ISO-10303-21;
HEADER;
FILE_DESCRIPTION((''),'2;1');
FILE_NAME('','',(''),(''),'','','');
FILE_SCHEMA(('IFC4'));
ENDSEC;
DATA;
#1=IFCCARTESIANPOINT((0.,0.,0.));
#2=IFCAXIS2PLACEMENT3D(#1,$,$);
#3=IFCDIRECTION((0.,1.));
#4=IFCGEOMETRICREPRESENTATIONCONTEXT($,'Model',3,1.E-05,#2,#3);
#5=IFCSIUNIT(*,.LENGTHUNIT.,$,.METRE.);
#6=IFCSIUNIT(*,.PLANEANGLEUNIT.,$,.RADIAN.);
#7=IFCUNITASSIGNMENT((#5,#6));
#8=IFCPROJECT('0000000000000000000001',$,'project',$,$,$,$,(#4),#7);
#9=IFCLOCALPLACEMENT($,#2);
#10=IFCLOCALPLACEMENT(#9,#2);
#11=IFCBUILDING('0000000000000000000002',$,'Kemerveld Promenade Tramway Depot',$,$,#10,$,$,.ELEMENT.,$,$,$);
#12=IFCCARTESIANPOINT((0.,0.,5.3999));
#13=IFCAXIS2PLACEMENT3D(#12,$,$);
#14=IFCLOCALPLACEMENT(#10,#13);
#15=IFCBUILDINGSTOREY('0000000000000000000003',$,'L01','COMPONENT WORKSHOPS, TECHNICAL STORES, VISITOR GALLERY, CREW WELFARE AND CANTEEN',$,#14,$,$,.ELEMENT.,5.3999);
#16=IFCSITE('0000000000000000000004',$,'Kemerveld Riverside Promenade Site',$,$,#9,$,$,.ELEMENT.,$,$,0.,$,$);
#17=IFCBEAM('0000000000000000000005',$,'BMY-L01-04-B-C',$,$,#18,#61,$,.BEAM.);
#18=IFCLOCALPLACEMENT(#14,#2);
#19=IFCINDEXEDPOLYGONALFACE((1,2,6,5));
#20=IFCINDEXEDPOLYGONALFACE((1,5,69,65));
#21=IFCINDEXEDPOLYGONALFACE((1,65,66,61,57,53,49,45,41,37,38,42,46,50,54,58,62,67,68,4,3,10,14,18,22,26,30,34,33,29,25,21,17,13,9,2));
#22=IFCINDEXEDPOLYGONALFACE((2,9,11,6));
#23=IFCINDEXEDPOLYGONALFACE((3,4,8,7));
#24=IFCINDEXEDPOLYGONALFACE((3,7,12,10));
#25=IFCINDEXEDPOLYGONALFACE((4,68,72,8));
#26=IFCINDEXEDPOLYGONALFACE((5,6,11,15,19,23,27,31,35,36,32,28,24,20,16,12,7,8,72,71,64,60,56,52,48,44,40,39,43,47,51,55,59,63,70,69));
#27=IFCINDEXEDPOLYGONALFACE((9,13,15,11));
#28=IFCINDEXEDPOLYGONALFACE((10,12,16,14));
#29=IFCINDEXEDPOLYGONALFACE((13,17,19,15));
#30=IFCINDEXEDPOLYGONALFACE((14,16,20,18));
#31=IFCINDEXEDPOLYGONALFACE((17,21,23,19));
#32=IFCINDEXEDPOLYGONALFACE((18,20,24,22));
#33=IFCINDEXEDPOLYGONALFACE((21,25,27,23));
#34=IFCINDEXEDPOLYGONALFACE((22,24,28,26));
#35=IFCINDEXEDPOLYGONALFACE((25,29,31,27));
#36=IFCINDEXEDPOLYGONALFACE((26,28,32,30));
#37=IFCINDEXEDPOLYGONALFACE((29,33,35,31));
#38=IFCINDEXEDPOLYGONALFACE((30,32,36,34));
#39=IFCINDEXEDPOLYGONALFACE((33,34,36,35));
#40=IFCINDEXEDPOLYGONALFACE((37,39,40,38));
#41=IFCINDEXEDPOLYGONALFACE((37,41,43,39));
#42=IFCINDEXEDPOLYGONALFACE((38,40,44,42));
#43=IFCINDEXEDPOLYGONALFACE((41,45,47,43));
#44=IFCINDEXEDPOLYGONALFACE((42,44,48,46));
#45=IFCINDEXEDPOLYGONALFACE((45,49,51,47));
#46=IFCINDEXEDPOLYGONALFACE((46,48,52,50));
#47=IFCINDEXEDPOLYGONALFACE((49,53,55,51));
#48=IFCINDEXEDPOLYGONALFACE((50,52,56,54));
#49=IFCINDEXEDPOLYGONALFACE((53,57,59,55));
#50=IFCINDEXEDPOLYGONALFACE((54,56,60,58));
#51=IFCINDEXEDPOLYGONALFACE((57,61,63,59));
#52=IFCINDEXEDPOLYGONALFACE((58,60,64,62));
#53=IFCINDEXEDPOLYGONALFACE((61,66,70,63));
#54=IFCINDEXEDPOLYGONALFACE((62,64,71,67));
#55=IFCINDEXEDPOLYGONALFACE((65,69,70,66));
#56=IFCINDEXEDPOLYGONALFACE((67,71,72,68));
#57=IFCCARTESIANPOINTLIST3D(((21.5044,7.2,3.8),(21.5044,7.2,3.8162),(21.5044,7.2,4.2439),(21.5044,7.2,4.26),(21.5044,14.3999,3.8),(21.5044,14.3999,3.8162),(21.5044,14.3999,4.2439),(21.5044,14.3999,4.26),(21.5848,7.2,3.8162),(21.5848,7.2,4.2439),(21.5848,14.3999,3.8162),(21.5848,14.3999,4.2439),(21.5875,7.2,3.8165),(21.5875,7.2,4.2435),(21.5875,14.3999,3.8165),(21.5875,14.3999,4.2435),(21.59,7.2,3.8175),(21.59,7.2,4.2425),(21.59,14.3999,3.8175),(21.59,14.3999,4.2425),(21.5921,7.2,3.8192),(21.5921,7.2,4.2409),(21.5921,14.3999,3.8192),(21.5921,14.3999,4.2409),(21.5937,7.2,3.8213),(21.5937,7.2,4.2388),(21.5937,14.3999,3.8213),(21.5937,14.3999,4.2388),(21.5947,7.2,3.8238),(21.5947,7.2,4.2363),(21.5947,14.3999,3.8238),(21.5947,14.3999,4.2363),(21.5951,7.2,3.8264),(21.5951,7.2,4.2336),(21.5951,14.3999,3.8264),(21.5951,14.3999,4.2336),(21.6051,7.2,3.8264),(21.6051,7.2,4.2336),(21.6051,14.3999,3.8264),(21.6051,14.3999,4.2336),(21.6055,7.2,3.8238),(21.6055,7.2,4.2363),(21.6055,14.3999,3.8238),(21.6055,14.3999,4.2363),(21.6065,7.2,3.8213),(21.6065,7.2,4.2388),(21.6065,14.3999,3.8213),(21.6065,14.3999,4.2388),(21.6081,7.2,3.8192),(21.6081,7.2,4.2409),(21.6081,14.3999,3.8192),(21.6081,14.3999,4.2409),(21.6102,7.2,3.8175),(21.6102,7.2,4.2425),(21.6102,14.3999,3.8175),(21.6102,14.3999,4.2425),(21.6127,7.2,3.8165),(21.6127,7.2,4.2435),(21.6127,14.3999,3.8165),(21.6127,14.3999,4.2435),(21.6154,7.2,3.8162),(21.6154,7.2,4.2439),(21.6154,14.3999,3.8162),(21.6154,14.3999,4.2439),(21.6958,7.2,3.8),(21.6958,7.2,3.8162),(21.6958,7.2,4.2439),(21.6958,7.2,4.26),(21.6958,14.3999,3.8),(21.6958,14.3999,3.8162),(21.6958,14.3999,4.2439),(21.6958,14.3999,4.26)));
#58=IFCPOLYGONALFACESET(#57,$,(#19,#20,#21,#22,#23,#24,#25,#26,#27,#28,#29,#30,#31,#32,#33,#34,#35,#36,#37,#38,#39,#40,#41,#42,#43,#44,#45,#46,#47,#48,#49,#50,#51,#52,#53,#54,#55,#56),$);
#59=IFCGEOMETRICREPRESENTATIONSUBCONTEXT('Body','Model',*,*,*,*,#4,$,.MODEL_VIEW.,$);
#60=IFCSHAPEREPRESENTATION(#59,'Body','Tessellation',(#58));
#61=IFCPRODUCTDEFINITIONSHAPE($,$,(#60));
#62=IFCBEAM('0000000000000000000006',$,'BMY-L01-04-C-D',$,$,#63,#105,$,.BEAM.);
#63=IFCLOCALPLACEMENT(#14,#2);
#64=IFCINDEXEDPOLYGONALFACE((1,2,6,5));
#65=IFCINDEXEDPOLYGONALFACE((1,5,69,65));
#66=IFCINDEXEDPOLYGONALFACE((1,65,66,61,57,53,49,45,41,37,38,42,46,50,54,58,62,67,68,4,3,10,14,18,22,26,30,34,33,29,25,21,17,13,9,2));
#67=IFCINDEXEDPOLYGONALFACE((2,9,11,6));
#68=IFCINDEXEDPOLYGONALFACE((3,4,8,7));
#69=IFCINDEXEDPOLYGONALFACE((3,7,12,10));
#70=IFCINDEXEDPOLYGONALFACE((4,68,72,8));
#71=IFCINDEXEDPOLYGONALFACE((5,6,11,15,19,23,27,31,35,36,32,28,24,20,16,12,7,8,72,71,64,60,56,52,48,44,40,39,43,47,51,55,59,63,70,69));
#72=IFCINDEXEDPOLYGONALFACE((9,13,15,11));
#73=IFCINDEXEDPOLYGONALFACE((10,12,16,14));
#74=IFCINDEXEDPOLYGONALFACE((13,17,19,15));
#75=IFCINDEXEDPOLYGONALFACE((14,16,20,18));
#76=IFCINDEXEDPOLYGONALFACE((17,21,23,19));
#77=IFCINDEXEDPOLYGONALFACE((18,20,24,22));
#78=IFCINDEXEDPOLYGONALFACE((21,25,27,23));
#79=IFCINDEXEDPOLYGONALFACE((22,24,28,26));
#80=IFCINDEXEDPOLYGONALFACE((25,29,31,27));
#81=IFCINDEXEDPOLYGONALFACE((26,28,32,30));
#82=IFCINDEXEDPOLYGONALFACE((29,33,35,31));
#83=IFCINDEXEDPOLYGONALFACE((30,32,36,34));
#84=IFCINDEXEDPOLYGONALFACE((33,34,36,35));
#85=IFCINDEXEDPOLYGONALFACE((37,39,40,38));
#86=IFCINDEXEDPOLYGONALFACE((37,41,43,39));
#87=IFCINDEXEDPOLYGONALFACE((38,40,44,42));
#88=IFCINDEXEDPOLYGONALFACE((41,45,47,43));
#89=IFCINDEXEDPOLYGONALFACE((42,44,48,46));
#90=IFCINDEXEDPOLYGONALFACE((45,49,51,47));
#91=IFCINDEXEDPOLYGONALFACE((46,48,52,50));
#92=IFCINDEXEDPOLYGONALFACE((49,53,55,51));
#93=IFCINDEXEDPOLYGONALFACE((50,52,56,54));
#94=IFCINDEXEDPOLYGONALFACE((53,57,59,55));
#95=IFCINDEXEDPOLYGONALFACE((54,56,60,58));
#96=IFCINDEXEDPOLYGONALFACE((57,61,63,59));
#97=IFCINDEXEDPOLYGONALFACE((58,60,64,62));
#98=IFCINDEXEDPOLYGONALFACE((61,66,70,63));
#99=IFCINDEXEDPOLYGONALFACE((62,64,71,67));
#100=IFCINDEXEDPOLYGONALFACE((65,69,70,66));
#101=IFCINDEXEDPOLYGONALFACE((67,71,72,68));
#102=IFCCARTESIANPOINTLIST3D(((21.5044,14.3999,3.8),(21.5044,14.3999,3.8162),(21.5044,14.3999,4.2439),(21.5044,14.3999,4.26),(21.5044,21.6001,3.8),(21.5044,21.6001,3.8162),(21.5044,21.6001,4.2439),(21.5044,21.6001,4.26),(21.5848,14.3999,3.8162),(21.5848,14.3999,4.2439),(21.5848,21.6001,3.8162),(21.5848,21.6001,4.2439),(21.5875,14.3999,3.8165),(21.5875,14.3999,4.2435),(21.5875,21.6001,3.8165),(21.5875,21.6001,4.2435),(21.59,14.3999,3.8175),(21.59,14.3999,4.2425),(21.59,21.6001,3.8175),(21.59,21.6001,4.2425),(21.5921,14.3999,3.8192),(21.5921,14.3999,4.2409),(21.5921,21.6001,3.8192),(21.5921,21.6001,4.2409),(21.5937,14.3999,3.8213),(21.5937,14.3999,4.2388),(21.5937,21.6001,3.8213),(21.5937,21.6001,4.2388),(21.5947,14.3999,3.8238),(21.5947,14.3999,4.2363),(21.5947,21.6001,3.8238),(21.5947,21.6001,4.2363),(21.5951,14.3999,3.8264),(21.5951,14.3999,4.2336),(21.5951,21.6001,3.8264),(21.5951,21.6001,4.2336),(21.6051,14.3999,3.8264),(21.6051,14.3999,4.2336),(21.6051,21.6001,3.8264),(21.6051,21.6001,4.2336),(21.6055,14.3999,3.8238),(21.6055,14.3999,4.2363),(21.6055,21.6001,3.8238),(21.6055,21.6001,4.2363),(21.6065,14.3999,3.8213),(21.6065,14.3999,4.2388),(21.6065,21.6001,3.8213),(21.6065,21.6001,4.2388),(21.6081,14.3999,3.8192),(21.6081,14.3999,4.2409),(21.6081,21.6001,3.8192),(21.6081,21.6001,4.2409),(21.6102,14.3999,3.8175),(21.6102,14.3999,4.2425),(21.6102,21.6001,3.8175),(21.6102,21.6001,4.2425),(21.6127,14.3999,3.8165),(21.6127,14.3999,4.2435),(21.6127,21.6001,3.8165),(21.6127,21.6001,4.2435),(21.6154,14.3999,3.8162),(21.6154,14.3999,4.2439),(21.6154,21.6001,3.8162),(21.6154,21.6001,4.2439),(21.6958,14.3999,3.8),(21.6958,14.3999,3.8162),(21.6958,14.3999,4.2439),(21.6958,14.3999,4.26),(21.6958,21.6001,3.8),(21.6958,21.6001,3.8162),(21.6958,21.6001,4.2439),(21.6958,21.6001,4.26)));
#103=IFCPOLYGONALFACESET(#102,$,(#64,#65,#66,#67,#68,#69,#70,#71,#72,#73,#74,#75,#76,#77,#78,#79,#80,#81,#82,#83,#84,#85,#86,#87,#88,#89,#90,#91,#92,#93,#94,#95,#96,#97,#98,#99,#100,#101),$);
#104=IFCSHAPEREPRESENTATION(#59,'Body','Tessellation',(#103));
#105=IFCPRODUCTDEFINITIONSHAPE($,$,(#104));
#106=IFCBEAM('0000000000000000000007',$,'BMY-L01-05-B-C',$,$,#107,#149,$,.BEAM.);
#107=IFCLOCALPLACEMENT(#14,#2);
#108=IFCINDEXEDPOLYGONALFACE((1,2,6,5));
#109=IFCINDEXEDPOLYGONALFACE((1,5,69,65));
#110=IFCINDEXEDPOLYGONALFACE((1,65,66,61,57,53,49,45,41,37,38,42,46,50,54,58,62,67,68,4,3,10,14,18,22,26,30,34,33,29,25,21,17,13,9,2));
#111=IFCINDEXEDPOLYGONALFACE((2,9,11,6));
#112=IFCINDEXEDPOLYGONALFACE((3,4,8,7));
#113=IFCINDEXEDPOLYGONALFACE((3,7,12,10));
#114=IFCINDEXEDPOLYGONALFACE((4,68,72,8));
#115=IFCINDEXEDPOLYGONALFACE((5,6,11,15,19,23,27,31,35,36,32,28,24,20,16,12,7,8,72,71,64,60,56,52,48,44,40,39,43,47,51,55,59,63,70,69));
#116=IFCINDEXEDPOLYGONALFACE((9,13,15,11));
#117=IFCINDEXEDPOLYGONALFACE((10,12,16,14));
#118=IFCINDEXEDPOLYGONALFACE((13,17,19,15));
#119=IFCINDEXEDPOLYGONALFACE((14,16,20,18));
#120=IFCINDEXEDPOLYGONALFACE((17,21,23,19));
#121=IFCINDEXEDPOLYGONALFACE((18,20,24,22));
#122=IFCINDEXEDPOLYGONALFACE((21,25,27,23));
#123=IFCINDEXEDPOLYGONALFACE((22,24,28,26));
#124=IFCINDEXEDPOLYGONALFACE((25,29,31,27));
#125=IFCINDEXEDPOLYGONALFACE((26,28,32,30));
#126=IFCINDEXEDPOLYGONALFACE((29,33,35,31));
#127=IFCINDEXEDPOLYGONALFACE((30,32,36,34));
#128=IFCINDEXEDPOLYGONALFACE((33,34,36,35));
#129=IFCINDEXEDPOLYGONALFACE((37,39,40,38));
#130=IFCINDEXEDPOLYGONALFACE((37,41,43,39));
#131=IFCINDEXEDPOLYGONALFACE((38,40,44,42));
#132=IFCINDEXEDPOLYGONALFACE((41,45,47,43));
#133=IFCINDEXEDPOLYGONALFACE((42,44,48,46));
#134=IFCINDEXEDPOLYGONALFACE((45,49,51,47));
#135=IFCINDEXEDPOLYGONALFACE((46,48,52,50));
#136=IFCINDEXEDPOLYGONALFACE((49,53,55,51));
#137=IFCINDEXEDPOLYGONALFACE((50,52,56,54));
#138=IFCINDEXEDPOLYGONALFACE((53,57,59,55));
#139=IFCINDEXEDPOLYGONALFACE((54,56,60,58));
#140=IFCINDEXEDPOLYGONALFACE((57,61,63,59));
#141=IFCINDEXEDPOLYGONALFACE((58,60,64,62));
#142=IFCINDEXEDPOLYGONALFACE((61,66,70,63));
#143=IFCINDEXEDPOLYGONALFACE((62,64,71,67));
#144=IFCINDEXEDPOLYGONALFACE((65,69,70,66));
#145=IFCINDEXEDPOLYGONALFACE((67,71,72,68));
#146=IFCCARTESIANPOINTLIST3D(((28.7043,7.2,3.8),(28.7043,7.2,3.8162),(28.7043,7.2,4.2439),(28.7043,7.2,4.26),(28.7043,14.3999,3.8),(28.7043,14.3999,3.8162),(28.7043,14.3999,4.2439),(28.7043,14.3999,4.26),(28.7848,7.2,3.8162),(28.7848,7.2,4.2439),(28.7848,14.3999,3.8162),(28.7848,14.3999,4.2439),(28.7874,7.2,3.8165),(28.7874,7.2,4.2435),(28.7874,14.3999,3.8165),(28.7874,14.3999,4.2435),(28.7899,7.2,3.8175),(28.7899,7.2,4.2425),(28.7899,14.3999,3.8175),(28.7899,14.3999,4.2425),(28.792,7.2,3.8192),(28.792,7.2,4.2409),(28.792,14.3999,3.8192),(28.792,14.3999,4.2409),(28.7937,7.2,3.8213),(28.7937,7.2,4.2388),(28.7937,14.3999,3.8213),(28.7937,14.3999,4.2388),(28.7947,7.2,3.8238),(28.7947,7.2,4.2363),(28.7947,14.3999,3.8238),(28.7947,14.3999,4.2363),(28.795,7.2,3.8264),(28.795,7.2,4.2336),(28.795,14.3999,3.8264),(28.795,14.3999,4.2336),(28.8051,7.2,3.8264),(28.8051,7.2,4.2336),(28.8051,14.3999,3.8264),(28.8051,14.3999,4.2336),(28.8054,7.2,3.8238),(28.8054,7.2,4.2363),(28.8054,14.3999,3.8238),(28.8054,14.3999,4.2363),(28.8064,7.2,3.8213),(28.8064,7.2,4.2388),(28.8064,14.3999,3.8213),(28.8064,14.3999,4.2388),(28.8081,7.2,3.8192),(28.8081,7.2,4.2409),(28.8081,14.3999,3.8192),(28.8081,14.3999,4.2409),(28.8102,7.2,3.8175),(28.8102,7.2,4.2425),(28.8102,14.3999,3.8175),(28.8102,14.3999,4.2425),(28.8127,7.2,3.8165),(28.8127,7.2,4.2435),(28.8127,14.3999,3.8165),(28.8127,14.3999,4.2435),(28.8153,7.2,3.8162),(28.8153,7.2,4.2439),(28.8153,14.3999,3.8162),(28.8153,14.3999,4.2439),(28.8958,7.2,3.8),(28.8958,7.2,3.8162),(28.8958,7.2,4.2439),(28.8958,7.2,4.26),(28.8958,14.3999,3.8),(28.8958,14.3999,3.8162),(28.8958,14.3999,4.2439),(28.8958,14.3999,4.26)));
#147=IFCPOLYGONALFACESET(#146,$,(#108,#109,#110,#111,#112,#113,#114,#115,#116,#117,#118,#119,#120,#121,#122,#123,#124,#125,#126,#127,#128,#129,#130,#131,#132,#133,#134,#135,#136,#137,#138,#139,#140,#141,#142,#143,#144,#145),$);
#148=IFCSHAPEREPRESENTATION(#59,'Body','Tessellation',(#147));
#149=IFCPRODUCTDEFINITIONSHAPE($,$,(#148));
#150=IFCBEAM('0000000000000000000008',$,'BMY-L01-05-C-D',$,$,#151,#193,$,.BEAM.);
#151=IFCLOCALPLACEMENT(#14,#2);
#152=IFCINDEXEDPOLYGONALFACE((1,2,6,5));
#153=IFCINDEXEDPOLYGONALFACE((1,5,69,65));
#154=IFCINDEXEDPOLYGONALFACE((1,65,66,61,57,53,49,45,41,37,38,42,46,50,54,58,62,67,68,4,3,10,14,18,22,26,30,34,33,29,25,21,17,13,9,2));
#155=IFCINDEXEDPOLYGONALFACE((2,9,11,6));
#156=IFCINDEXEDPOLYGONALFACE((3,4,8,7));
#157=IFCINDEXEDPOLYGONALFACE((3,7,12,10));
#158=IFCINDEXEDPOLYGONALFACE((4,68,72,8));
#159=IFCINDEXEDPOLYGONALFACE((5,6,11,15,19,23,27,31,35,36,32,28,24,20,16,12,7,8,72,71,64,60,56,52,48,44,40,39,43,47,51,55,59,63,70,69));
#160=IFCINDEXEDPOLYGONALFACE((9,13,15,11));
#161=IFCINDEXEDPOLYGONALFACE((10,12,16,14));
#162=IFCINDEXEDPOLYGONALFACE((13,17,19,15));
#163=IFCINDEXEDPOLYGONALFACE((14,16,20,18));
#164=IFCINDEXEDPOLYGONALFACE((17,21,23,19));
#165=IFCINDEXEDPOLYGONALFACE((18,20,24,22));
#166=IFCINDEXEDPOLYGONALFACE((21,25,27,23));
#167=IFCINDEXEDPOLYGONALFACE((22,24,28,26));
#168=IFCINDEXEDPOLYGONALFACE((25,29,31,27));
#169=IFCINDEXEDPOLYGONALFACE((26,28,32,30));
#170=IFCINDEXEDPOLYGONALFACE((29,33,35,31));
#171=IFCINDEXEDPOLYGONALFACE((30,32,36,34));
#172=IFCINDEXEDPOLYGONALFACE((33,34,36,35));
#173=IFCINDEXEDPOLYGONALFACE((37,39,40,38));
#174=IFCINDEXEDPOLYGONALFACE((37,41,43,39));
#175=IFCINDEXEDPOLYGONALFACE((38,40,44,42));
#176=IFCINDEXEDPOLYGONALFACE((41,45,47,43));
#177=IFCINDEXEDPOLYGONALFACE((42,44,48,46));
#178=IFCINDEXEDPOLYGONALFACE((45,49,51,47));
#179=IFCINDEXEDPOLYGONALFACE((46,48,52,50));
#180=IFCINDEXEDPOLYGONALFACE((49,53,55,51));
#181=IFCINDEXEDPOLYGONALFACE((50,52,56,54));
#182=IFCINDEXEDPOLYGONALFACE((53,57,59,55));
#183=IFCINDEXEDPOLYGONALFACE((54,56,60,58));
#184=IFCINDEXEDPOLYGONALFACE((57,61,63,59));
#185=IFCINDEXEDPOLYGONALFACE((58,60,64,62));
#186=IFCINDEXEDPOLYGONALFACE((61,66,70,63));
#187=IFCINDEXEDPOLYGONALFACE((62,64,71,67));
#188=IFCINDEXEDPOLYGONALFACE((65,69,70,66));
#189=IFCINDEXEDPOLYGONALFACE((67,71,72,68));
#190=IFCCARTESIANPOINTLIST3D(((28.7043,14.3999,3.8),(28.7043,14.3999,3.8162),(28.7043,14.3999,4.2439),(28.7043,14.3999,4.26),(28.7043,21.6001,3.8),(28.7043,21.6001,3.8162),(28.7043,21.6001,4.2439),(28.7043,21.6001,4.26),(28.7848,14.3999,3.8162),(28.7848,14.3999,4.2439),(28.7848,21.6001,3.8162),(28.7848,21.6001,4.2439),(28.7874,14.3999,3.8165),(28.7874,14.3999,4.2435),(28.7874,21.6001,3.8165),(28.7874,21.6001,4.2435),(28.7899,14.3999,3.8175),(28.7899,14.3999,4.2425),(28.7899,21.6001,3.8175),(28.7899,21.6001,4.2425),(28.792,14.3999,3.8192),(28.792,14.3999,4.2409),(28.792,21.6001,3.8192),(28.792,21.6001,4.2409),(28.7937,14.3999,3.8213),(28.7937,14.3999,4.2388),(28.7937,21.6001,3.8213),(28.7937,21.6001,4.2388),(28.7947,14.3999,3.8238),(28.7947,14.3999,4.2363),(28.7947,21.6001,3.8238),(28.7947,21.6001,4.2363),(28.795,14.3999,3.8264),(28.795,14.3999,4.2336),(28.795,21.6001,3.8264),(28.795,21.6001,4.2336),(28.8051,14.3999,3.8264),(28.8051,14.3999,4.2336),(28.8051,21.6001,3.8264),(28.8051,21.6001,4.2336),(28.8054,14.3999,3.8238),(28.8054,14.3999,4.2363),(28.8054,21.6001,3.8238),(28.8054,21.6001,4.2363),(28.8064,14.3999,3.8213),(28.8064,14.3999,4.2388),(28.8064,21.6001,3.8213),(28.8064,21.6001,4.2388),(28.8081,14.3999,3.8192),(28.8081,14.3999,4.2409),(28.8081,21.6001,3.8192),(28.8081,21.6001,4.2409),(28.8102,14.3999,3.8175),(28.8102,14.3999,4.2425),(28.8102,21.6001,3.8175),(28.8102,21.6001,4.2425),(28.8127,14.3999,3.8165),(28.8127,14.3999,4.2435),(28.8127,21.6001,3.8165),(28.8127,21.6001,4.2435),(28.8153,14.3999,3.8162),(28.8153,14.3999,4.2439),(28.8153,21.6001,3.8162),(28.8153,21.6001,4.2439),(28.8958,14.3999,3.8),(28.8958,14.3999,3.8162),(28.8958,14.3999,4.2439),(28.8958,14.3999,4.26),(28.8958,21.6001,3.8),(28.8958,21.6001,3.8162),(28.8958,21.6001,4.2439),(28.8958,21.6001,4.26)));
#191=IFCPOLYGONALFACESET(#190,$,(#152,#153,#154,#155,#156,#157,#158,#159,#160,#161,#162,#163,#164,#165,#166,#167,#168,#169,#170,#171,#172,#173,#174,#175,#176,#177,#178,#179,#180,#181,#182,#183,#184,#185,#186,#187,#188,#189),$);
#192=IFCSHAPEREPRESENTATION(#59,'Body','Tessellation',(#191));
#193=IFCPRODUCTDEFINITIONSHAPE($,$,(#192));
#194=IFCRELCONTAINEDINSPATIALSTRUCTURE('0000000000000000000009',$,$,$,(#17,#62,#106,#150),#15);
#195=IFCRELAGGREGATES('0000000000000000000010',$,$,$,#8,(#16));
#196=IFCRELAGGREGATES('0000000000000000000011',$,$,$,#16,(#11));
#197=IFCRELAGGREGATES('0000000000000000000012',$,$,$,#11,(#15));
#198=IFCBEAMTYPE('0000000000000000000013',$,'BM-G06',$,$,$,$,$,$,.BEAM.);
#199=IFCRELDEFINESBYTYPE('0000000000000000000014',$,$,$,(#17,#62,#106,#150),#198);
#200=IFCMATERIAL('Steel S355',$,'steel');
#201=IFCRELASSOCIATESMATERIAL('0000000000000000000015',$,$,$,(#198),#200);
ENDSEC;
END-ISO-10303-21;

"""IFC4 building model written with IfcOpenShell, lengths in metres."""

from ifc_helpers import new_model, si_unit, direction, frame, origin, origin_2d, place, context, subcontext, project, spatial, i_section, extrude, material, material_profile, profile_set, type_object, element, save


model = new_model("IFC4")

# Units and contexts
model_context = context("Model", 3, precision=1e-05, world=origin(), true_north=direction((0.0, 1.0)))
body_context = subcontext(model_context, "Body", "Model", "MODEL_VIEW")
ifc_project = project(units=[si_unit("LENGTHUNIT", "METRE"), si_unit("PLANEANGLEUNIT", "RADIAN")], contexts=[model_context])

# Site, building, storey
site_placement = place(None, origin())
site = spatial("IfcSite", under=ifc_project, at=site_placement, Name="Kemerveld Riverside Promenade Site", CompositionType="ELEMENT", RefElevation=0.0)
building_placement = place(site_placement, origin())
building = spatial("IfcBuilding", under=site, at=building_placement, Name="Kemerveld Promenade Tramway Depot", CompositionType="ELEMENT")
storey_placement = place(building_placement, frame((0.0, 0.0, 5.3999)))
storey = spatial("IfcBuildingStorey", under=building, at=storey_placement, Name="L01", Description="COMPONENT WORKSHOPS, TECHNICAL STORES, VISITOR GALLERY, CREW WELFARE AND CANTEEN", CompositionType="ELEMENT", Elevation=5.3999)

# Shared definitions
ifc_material_1 = material(Name="Steel S355", Category="steel")

# Beams
ifc_material_profile_1 = material_profile(ifc_material_1, i_section(OverallWidth=0.1914, OverallDepth=0.46, WebThickness=0.01, FlangeThickness=0.0161, FilletRadius=0.0103, at=origin_2d()), Name="457x191x82 UB")
ifc_profile_set_1 = profile_set([ifc_material_profile_1], Name="Steel S355")
beam_type_1 = type_object("IfcBeamType", Name="BM-G06", PredefinedType="BEAM", material=ifc_profile_set_1)
beam_1_placement = place(storey_placement, frame((21.6001, 7.2, 4.03), z_axis=(0.0, 1.0, 0.0), x_axis=(-1.0, 0.0, 0.0)))
element("IfcBeam", 1, at=beam_1_placement, inside=storey, type_object=beam_type_1, Name="BMY-L01-04-B-C", PredefinedType="BEAM", context=body_context, shape_type="SweptSolid", body=[
    extrude(i_section(OverallWidth=0.1914, OverallDepth=0.46, WebThickness=0.01, FlangeThickness=0.0161, FilletRadius=0.0103, at=origin_2d()), origin(), (0.0, 0.0, 1.0), 7.2),
])
beam_2_placement = place(storey_placement, frame((21.6001, 14.3999, 4.03), z_axis=(0.0, 1.0, 0.0), x_axis=(-1.0, 0.0, 0.0)))
element("IfcBeam", 2, at=beam_2_placement, inside=storey, type_object=beam_type_1, Name="BMY-L01-04-C-D", PredefinedType="BEAM", context=body_context, shape_type="SweptSolid", body=[
    extrude(i_section(OverallWidth=0.1914, OverallDepth=0.46, WebThickness=0.01, FlangeThickness=0.0161, FilletRadius=0.0103, at=origin_2d()), origin(), (0.0, 0.0, 1.0), 7.2002),
])
beam_3_placement = place(storey_placement, frame((28.8, 7.2, 4.03), z_axis=(0.0, 1.0, 0.0), x_axis=(-1.0, 0.0, 0.0)))
element("IfcBeam", 3, at=beam_3_placement, inside=storey, type_object=beam_type_1, Name="BMY-L01-05-B-C", PredefinedType="BEAM", context=body_context, shape_type="SweptSolid", body=[
    extrude(i_section(OverallWidth=0.1914, OverallDepth=0.46, WebThickness=0.01, FlangeThickness=0.0161, FilletRadius=0.0103, at=origin_2d()), origin(), (0.0, 0.0, 1.0), 7.2),
])
beam_4_placement = place(storey_placement, frame((28.8, 14.3999, 4.03), z_axis=(0.0, 1.0, 0.0), x_axis=(-1.0, 0.0, 0.0)))
element("IfcBeam", 4, at=beam_4_placement, inside=storey, type_object=beam_type_1, Name="BMY-L01-05-C-D", PredefinedType="BEAM", context=body_context, shape_type="SweptSolid", body=[
    extrude(i_section(OverallWidth=0.1914, OverallDepth=0.46, WebThickness=0.01, FlangeThickness=0.0161, FilletRadius=0.0103, at=origin_2d()), origin(), (0.0, 0.0, 1.0), 7.2002),
])

save(model, "model.ifc")
